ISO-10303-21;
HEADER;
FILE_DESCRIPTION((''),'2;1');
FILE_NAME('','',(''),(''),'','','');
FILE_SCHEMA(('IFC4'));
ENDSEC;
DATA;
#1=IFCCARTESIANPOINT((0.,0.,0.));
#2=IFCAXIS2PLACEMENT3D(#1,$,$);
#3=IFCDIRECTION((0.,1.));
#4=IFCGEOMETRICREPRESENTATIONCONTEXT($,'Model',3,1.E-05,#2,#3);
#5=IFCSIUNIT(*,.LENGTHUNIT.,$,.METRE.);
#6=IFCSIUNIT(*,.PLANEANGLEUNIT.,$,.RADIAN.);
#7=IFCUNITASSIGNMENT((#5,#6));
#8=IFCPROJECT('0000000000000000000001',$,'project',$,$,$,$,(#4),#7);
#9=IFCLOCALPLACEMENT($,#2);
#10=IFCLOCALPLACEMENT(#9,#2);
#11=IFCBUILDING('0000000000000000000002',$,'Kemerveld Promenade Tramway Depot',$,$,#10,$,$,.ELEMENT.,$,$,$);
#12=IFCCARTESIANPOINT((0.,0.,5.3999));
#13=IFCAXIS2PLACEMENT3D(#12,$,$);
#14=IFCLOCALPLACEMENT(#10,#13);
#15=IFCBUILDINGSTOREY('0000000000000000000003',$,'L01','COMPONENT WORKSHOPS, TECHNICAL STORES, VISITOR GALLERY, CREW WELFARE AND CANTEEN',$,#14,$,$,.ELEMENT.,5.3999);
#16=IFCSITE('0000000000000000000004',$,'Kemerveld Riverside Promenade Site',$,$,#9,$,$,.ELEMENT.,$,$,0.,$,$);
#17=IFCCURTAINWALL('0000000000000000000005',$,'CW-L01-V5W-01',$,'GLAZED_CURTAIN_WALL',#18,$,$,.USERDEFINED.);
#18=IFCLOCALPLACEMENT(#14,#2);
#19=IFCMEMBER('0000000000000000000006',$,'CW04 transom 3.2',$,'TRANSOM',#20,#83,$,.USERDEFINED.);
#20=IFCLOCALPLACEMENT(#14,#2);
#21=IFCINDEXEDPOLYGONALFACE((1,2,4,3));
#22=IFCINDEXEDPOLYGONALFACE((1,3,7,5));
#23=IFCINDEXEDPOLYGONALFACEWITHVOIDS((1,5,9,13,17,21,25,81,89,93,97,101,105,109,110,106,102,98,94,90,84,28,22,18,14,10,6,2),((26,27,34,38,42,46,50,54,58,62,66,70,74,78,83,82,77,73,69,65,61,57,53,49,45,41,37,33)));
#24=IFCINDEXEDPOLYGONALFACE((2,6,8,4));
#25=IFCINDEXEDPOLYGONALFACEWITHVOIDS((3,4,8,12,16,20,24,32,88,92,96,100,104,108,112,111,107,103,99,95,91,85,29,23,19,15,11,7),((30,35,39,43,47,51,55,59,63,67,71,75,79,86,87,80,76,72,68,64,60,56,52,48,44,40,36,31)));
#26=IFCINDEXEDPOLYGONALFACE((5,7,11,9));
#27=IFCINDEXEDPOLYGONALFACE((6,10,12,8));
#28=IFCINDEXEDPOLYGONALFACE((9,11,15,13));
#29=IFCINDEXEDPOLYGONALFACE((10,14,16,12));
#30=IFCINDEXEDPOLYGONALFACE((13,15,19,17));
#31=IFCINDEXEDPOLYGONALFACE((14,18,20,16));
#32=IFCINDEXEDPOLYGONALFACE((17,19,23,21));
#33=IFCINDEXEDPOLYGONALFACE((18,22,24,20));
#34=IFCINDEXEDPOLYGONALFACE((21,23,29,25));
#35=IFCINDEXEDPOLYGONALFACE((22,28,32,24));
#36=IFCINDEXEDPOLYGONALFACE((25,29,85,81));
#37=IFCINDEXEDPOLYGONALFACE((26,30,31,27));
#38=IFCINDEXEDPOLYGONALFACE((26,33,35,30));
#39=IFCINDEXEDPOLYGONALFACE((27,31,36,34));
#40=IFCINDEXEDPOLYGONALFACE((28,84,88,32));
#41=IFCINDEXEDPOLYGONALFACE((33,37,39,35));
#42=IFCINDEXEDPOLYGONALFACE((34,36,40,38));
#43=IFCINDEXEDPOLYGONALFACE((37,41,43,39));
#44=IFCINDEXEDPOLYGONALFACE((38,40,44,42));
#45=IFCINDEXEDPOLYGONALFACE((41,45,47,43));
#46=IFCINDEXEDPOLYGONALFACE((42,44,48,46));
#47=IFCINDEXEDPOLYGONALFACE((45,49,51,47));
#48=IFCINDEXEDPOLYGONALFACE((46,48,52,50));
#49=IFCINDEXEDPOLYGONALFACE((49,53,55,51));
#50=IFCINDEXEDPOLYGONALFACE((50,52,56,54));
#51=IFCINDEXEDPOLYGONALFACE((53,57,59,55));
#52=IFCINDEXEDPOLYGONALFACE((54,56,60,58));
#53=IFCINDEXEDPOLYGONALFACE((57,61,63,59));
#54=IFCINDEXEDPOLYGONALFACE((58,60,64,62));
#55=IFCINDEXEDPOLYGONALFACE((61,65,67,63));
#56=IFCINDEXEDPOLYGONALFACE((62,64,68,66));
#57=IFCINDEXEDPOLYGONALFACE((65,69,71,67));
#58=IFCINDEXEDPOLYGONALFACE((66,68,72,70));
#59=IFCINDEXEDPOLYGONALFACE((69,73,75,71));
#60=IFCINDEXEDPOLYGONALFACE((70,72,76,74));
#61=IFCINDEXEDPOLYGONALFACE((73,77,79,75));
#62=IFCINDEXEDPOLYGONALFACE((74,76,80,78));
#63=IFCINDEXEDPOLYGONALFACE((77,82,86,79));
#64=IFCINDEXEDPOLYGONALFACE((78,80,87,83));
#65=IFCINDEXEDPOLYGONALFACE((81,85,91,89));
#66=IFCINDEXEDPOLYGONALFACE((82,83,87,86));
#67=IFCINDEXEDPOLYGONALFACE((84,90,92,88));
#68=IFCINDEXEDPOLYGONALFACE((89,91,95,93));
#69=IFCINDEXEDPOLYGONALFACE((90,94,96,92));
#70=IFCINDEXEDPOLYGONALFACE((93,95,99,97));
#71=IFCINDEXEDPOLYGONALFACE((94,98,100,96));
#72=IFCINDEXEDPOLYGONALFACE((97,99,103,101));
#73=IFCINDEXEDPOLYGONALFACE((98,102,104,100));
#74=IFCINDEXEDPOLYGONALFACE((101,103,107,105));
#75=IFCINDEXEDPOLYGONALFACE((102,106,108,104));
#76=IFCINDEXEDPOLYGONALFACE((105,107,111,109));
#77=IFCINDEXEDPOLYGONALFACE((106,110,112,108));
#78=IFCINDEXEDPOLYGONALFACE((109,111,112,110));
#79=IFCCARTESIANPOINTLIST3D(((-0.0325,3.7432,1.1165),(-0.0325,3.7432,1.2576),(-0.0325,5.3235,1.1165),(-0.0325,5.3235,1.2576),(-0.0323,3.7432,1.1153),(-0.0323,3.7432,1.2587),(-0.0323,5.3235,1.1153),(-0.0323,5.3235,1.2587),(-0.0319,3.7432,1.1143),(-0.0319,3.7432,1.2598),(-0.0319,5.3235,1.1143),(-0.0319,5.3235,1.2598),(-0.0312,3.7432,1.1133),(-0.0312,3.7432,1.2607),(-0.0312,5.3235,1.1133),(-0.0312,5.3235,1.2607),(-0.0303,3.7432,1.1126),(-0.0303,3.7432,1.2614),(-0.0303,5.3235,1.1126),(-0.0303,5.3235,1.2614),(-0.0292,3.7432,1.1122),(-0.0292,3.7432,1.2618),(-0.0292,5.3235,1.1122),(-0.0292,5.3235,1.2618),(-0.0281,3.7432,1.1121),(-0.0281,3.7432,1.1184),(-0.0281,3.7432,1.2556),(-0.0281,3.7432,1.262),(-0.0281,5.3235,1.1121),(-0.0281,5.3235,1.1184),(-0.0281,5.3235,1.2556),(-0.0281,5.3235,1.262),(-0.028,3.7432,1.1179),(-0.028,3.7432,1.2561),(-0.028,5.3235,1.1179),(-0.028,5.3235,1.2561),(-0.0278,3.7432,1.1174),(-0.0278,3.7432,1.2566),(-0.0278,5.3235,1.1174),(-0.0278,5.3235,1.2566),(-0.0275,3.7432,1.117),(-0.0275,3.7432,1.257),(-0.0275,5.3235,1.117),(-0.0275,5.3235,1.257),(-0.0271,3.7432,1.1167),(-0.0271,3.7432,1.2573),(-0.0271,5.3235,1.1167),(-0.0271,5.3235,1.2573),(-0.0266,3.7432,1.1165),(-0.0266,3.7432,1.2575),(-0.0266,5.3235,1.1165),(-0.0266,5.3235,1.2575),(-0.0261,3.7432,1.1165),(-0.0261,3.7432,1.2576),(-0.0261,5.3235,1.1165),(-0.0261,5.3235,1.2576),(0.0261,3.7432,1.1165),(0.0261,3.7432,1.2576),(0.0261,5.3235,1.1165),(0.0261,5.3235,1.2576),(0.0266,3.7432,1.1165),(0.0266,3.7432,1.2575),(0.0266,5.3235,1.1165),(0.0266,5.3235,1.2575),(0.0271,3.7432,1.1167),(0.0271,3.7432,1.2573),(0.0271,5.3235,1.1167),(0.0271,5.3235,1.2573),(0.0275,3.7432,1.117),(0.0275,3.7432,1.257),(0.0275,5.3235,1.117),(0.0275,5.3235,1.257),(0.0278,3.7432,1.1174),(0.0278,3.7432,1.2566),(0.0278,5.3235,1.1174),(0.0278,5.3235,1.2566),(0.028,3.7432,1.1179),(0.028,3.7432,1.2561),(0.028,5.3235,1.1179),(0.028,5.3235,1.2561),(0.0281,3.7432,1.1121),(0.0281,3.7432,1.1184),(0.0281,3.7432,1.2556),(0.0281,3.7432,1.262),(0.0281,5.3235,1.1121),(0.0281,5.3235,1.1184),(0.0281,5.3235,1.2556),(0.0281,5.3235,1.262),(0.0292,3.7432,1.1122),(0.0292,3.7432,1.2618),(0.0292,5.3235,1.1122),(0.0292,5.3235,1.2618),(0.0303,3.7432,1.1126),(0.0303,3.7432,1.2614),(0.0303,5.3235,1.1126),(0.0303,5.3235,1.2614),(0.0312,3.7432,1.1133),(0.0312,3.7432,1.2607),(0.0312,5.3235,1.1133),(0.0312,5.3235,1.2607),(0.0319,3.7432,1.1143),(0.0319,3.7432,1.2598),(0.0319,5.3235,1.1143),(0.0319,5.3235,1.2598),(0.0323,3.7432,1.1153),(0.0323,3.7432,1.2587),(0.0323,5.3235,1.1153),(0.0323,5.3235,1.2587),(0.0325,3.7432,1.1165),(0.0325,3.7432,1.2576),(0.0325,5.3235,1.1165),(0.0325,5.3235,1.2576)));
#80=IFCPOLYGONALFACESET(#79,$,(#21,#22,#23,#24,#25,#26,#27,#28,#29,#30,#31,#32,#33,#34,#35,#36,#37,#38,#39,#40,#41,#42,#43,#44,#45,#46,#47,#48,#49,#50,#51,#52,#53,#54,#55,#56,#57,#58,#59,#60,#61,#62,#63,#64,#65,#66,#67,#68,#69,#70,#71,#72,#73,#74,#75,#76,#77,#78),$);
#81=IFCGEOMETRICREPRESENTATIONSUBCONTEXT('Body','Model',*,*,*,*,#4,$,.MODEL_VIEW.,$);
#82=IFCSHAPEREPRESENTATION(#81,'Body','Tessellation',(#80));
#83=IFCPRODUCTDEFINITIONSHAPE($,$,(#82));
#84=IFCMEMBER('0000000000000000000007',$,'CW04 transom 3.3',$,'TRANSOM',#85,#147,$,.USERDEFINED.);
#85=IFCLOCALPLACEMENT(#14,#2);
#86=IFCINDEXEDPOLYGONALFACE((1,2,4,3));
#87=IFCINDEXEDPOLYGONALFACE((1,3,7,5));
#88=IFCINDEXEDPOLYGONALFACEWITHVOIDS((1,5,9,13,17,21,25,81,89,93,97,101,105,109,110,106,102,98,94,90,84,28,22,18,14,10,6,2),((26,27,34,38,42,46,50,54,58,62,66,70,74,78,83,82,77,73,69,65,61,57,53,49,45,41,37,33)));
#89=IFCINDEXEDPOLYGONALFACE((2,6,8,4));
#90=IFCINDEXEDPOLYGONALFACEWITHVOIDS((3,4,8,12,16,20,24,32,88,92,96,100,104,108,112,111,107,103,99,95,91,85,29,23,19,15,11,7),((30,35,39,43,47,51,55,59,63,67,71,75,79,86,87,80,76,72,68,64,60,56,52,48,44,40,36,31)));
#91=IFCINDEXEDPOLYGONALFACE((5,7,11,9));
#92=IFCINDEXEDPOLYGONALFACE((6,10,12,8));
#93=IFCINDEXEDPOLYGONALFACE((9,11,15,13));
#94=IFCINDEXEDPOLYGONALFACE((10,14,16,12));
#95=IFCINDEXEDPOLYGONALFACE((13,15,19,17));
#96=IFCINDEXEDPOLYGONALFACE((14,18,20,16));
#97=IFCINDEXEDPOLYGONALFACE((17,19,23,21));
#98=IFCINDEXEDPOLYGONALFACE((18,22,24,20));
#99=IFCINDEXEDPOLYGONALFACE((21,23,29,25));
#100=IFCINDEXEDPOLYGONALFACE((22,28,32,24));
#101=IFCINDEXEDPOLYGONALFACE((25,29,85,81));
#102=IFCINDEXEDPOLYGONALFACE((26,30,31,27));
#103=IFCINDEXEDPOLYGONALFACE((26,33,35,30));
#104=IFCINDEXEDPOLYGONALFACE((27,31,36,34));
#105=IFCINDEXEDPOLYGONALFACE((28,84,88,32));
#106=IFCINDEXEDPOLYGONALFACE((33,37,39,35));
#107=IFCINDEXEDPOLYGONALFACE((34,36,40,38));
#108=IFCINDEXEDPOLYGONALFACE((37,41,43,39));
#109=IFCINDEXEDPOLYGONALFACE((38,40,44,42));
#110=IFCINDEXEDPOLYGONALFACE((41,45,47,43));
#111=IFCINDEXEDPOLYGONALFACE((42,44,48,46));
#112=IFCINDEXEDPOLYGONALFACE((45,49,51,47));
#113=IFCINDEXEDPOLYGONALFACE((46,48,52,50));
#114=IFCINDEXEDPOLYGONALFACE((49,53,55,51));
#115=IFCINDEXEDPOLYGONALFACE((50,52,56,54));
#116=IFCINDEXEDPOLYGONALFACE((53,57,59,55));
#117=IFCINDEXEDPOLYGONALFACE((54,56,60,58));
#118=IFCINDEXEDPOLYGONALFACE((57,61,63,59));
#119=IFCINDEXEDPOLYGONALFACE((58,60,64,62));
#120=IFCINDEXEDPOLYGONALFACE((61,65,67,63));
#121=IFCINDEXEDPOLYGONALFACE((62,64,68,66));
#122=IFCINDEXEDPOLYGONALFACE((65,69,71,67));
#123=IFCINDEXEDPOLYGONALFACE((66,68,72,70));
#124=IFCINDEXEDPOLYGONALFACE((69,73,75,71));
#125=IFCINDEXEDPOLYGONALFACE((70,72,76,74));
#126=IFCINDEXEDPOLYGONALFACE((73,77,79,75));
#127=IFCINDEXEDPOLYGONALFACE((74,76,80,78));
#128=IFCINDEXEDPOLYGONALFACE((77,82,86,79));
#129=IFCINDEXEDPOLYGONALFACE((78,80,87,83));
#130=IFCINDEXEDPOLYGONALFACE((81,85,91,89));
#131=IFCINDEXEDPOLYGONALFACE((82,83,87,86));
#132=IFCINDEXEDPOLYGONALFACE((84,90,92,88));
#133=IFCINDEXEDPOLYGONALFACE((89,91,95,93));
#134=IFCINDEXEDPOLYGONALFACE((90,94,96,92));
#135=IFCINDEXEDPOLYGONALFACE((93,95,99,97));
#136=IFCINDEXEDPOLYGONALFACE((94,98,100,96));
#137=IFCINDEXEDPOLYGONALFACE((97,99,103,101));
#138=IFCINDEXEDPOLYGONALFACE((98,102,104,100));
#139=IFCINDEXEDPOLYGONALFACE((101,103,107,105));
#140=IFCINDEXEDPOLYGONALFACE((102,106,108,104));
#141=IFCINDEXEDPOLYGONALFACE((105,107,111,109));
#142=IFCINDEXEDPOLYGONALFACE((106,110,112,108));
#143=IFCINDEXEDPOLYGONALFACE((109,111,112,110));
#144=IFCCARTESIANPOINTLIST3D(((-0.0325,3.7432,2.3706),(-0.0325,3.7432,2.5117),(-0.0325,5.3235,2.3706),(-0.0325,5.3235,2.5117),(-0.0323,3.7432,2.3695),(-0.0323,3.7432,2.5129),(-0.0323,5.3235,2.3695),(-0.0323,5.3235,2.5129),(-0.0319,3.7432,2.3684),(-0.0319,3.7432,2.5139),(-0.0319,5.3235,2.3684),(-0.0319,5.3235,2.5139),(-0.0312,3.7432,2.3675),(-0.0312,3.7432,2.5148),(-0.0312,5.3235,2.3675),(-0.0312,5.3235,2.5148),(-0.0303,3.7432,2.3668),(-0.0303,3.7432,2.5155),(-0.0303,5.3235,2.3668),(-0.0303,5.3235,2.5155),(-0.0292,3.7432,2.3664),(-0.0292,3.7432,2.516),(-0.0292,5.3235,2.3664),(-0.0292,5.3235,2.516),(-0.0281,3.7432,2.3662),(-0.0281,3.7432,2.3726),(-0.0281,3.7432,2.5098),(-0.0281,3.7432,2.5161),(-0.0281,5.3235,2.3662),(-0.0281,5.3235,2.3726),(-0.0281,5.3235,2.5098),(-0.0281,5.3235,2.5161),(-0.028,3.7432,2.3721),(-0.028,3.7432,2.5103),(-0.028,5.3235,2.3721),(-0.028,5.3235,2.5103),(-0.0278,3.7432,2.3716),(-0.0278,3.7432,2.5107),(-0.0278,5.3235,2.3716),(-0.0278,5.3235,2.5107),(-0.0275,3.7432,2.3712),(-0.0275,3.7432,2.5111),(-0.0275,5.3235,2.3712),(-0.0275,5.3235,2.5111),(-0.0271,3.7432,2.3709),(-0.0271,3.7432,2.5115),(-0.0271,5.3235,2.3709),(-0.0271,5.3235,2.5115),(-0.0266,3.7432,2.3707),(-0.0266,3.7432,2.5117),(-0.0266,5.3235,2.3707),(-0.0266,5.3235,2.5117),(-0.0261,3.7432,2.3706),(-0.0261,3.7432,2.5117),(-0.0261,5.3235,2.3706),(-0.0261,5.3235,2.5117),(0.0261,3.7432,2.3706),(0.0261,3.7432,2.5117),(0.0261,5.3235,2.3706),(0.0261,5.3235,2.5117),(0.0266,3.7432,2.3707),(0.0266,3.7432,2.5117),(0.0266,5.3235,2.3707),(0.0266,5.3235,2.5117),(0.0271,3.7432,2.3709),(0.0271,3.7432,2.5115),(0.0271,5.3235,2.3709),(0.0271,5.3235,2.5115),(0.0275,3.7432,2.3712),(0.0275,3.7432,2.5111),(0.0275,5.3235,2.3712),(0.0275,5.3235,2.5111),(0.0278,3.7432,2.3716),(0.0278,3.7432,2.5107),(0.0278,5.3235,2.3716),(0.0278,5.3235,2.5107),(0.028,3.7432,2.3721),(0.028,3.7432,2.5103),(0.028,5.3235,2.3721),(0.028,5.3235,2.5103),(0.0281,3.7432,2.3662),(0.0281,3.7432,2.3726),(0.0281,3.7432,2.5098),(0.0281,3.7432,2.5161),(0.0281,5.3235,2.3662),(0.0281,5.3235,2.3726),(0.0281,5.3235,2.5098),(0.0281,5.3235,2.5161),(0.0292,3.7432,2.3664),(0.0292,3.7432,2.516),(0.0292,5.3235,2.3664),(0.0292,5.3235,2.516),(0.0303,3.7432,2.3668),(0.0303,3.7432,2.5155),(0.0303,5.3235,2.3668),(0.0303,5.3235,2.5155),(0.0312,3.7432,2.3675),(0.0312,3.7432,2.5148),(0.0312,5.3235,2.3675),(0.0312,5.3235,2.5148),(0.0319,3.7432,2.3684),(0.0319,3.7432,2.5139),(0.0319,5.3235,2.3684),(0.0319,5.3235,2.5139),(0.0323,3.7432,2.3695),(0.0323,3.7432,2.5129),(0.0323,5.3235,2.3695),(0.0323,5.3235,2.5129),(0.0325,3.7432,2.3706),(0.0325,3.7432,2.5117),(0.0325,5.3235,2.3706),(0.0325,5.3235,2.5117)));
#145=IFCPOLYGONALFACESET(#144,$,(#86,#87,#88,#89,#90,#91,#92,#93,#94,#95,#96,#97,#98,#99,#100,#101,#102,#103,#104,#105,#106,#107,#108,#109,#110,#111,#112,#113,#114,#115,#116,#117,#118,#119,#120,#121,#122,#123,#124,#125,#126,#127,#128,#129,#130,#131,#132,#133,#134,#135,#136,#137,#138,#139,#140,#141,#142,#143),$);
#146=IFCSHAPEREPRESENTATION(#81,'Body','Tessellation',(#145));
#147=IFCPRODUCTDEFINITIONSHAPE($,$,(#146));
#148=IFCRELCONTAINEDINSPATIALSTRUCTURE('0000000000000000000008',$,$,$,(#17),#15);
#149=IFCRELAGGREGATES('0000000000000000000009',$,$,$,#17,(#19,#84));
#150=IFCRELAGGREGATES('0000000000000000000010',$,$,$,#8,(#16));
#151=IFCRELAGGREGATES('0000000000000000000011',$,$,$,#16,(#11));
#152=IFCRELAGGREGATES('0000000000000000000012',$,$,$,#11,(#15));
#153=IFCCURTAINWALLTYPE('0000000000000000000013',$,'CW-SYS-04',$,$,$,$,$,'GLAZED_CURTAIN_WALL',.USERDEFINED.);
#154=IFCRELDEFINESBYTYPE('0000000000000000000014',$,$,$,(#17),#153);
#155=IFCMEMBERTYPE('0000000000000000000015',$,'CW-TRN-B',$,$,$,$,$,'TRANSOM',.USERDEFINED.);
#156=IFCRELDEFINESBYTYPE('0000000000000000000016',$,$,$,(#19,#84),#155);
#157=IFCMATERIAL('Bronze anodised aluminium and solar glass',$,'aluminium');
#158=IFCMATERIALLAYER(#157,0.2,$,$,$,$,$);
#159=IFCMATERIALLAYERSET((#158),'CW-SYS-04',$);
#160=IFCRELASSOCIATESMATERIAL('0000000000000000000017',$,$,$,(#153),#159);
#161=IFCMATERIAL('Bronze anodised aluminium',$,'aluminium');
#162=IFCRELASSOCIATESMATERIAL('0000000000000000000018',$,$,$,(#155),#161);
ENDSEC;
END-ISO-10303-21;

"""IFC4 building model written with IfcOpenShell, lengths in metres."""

from ifc_helpers import new_model, si_unit, direction, frame, origin, origin_2d, place, context, subcontext, project, spatial, hollow_rectangle, extrude, material, layer, layer_set, material_profile, profile_set, type_object, element, aggregate, save


model = new_model("IFC4")

# Units and contexts
model_context = context("Model", 3, precision=1e-05, world=origin(), true_north=direction((0.0, 1.0)))
body_context = subcontext(model_context, "Body", "Model", "MODEL_VIEW")
ifc_project = project(units=[si_unit("LENGTHUNIT", "METRE"), si_unit("PLANEANGLEUNIT", "RADIAN")], contexts=[model_context])

# Site, building, storey
site_placement = place(None, origin())
site = spatial("IfcSite", under=ifc_project, at=site_placement, Name="Kemerveld Riverside Promenade Site", CompositionType="ELEMENT", RefElevation=0.0)
building_placement = place(site_placement, origin())
building = spatial("IfcBuilding", under=site, at=building_placement, Name="Kemerveld Promenade Tramway Depot", CompositionType="ELEMENT")
storey_placement = place(building_placement, frame((0.0, 0.0, 5.3999)))
storey = spatial("IfcBuildingStorey", under=building, at=storey_placement, Name="L01", Description="COMPONENT WORKSHOPS, TECHNICAL STORES, VISITOR GALLERY, CREW WELFARE AND CANTEEN", CompositionType="ELEMENT", Elevation=5.3999)

# Curtain wall, members
ifc_material_1 = material(Name="Bronze anodised aluminium and solar glass", Category="aluminium")
ifc_layer_1 = layer(ifc_material_1, 0.2)
ifc_layer_set_1 = layer_set([ifc_layer_1], Name="CW-SYS-04")
curtain_wall_type = type_object("IfcCurtainWallType", Name="CW-SYS-04", ElementType="GLAZED_CURTAIN_WALL", PredefinedType="USERDEFINED", material=ifc_layer_set_1)
curtain_wall_placement = place(storey_placement, origin())
curtain_wall = element("IfcCurtainWall", 1, at=curtain_wall_placement, inside=storey, type_object=curtain_wall_type, Name="CW-L01-V5W-01", ObjectType="GLAZED_CURTAIN_WALL", PredefinedType="USERDEFINED")
ifc_material_2 = material(Name="Bronze anodised aluminium", Category="aluminium")
ifc_material_profile_1 = material_profile(ifc_material_2, hollow_rectangle(XDim=0.0649, YDim=0.1499, WallThickness=0.0044, InnerFilletRadius=0.002, OuterFilletRadius=0.0044, at=origin_2d()), Name="CW-TRN-150x65")
ifc_profile_set_1 = profile_set([ifc_material_profile_1], Name="Bronze anodised aluminium")
member_type_1 = type_object("IfcMemberType", Name="CW-TRN-B", ElementType="TRANSOM", PredefinedType="USERDEFINED", material=ifc_profile_set_1)
member_1_placement = place(storey_placement, frame((0.0, 3.7432, 1.187), z_axis=(0.0, 1.0, 0.0), x_axis=(-1.0, 0.0, 0.0)))
member_1 = element("IfcMember", 2, at=member_1_placement, type_object=member_type_1, Name="CW04 transom 3.2", ObjectType="TRANSOM", PredefinedType="USERDEFINED", context=body_context, shape_type="SweptSolid", body=[
    extrude(hollow_rectangle(XDim=0.0649, YDim=0.1499, WallThickness=0.0044, InnerFilletRadius=0.002, OuterFilletRadius=0.0044, at=origin_2d()), origin(), (0.0, 0.0, 1.0), 1.5803),
])
member_2_placement = place(storey_placement, frame((0.0, 3.7432, 2.4412), z_axis=(0.0, 1.0, 0.0), x_axis=(-1.0, 0.0, 0.0)))
member_2 = element("IfcMember", 3, at=member_2_placement, type_object=member_type_1, Name="CW04 transom 3.3", ObjectType="TRANSOM", PredefinedType="USERDEFINED", context=body_context, shape_type="SweptSolid", body=[
    extrude(hollow_rectangle(XDim=0.0649, YDim=0.1499, WallThickness=0.0044, InnerFilletRadius=0.002, OuterFilletRadius=0.0044, at=origin_2d()), origin(), (0.0, 0.0, 1.0), 1.5803),
])
aggregate(curtain_wall, [member_1, member_2])

save(model, "model.ifc")
